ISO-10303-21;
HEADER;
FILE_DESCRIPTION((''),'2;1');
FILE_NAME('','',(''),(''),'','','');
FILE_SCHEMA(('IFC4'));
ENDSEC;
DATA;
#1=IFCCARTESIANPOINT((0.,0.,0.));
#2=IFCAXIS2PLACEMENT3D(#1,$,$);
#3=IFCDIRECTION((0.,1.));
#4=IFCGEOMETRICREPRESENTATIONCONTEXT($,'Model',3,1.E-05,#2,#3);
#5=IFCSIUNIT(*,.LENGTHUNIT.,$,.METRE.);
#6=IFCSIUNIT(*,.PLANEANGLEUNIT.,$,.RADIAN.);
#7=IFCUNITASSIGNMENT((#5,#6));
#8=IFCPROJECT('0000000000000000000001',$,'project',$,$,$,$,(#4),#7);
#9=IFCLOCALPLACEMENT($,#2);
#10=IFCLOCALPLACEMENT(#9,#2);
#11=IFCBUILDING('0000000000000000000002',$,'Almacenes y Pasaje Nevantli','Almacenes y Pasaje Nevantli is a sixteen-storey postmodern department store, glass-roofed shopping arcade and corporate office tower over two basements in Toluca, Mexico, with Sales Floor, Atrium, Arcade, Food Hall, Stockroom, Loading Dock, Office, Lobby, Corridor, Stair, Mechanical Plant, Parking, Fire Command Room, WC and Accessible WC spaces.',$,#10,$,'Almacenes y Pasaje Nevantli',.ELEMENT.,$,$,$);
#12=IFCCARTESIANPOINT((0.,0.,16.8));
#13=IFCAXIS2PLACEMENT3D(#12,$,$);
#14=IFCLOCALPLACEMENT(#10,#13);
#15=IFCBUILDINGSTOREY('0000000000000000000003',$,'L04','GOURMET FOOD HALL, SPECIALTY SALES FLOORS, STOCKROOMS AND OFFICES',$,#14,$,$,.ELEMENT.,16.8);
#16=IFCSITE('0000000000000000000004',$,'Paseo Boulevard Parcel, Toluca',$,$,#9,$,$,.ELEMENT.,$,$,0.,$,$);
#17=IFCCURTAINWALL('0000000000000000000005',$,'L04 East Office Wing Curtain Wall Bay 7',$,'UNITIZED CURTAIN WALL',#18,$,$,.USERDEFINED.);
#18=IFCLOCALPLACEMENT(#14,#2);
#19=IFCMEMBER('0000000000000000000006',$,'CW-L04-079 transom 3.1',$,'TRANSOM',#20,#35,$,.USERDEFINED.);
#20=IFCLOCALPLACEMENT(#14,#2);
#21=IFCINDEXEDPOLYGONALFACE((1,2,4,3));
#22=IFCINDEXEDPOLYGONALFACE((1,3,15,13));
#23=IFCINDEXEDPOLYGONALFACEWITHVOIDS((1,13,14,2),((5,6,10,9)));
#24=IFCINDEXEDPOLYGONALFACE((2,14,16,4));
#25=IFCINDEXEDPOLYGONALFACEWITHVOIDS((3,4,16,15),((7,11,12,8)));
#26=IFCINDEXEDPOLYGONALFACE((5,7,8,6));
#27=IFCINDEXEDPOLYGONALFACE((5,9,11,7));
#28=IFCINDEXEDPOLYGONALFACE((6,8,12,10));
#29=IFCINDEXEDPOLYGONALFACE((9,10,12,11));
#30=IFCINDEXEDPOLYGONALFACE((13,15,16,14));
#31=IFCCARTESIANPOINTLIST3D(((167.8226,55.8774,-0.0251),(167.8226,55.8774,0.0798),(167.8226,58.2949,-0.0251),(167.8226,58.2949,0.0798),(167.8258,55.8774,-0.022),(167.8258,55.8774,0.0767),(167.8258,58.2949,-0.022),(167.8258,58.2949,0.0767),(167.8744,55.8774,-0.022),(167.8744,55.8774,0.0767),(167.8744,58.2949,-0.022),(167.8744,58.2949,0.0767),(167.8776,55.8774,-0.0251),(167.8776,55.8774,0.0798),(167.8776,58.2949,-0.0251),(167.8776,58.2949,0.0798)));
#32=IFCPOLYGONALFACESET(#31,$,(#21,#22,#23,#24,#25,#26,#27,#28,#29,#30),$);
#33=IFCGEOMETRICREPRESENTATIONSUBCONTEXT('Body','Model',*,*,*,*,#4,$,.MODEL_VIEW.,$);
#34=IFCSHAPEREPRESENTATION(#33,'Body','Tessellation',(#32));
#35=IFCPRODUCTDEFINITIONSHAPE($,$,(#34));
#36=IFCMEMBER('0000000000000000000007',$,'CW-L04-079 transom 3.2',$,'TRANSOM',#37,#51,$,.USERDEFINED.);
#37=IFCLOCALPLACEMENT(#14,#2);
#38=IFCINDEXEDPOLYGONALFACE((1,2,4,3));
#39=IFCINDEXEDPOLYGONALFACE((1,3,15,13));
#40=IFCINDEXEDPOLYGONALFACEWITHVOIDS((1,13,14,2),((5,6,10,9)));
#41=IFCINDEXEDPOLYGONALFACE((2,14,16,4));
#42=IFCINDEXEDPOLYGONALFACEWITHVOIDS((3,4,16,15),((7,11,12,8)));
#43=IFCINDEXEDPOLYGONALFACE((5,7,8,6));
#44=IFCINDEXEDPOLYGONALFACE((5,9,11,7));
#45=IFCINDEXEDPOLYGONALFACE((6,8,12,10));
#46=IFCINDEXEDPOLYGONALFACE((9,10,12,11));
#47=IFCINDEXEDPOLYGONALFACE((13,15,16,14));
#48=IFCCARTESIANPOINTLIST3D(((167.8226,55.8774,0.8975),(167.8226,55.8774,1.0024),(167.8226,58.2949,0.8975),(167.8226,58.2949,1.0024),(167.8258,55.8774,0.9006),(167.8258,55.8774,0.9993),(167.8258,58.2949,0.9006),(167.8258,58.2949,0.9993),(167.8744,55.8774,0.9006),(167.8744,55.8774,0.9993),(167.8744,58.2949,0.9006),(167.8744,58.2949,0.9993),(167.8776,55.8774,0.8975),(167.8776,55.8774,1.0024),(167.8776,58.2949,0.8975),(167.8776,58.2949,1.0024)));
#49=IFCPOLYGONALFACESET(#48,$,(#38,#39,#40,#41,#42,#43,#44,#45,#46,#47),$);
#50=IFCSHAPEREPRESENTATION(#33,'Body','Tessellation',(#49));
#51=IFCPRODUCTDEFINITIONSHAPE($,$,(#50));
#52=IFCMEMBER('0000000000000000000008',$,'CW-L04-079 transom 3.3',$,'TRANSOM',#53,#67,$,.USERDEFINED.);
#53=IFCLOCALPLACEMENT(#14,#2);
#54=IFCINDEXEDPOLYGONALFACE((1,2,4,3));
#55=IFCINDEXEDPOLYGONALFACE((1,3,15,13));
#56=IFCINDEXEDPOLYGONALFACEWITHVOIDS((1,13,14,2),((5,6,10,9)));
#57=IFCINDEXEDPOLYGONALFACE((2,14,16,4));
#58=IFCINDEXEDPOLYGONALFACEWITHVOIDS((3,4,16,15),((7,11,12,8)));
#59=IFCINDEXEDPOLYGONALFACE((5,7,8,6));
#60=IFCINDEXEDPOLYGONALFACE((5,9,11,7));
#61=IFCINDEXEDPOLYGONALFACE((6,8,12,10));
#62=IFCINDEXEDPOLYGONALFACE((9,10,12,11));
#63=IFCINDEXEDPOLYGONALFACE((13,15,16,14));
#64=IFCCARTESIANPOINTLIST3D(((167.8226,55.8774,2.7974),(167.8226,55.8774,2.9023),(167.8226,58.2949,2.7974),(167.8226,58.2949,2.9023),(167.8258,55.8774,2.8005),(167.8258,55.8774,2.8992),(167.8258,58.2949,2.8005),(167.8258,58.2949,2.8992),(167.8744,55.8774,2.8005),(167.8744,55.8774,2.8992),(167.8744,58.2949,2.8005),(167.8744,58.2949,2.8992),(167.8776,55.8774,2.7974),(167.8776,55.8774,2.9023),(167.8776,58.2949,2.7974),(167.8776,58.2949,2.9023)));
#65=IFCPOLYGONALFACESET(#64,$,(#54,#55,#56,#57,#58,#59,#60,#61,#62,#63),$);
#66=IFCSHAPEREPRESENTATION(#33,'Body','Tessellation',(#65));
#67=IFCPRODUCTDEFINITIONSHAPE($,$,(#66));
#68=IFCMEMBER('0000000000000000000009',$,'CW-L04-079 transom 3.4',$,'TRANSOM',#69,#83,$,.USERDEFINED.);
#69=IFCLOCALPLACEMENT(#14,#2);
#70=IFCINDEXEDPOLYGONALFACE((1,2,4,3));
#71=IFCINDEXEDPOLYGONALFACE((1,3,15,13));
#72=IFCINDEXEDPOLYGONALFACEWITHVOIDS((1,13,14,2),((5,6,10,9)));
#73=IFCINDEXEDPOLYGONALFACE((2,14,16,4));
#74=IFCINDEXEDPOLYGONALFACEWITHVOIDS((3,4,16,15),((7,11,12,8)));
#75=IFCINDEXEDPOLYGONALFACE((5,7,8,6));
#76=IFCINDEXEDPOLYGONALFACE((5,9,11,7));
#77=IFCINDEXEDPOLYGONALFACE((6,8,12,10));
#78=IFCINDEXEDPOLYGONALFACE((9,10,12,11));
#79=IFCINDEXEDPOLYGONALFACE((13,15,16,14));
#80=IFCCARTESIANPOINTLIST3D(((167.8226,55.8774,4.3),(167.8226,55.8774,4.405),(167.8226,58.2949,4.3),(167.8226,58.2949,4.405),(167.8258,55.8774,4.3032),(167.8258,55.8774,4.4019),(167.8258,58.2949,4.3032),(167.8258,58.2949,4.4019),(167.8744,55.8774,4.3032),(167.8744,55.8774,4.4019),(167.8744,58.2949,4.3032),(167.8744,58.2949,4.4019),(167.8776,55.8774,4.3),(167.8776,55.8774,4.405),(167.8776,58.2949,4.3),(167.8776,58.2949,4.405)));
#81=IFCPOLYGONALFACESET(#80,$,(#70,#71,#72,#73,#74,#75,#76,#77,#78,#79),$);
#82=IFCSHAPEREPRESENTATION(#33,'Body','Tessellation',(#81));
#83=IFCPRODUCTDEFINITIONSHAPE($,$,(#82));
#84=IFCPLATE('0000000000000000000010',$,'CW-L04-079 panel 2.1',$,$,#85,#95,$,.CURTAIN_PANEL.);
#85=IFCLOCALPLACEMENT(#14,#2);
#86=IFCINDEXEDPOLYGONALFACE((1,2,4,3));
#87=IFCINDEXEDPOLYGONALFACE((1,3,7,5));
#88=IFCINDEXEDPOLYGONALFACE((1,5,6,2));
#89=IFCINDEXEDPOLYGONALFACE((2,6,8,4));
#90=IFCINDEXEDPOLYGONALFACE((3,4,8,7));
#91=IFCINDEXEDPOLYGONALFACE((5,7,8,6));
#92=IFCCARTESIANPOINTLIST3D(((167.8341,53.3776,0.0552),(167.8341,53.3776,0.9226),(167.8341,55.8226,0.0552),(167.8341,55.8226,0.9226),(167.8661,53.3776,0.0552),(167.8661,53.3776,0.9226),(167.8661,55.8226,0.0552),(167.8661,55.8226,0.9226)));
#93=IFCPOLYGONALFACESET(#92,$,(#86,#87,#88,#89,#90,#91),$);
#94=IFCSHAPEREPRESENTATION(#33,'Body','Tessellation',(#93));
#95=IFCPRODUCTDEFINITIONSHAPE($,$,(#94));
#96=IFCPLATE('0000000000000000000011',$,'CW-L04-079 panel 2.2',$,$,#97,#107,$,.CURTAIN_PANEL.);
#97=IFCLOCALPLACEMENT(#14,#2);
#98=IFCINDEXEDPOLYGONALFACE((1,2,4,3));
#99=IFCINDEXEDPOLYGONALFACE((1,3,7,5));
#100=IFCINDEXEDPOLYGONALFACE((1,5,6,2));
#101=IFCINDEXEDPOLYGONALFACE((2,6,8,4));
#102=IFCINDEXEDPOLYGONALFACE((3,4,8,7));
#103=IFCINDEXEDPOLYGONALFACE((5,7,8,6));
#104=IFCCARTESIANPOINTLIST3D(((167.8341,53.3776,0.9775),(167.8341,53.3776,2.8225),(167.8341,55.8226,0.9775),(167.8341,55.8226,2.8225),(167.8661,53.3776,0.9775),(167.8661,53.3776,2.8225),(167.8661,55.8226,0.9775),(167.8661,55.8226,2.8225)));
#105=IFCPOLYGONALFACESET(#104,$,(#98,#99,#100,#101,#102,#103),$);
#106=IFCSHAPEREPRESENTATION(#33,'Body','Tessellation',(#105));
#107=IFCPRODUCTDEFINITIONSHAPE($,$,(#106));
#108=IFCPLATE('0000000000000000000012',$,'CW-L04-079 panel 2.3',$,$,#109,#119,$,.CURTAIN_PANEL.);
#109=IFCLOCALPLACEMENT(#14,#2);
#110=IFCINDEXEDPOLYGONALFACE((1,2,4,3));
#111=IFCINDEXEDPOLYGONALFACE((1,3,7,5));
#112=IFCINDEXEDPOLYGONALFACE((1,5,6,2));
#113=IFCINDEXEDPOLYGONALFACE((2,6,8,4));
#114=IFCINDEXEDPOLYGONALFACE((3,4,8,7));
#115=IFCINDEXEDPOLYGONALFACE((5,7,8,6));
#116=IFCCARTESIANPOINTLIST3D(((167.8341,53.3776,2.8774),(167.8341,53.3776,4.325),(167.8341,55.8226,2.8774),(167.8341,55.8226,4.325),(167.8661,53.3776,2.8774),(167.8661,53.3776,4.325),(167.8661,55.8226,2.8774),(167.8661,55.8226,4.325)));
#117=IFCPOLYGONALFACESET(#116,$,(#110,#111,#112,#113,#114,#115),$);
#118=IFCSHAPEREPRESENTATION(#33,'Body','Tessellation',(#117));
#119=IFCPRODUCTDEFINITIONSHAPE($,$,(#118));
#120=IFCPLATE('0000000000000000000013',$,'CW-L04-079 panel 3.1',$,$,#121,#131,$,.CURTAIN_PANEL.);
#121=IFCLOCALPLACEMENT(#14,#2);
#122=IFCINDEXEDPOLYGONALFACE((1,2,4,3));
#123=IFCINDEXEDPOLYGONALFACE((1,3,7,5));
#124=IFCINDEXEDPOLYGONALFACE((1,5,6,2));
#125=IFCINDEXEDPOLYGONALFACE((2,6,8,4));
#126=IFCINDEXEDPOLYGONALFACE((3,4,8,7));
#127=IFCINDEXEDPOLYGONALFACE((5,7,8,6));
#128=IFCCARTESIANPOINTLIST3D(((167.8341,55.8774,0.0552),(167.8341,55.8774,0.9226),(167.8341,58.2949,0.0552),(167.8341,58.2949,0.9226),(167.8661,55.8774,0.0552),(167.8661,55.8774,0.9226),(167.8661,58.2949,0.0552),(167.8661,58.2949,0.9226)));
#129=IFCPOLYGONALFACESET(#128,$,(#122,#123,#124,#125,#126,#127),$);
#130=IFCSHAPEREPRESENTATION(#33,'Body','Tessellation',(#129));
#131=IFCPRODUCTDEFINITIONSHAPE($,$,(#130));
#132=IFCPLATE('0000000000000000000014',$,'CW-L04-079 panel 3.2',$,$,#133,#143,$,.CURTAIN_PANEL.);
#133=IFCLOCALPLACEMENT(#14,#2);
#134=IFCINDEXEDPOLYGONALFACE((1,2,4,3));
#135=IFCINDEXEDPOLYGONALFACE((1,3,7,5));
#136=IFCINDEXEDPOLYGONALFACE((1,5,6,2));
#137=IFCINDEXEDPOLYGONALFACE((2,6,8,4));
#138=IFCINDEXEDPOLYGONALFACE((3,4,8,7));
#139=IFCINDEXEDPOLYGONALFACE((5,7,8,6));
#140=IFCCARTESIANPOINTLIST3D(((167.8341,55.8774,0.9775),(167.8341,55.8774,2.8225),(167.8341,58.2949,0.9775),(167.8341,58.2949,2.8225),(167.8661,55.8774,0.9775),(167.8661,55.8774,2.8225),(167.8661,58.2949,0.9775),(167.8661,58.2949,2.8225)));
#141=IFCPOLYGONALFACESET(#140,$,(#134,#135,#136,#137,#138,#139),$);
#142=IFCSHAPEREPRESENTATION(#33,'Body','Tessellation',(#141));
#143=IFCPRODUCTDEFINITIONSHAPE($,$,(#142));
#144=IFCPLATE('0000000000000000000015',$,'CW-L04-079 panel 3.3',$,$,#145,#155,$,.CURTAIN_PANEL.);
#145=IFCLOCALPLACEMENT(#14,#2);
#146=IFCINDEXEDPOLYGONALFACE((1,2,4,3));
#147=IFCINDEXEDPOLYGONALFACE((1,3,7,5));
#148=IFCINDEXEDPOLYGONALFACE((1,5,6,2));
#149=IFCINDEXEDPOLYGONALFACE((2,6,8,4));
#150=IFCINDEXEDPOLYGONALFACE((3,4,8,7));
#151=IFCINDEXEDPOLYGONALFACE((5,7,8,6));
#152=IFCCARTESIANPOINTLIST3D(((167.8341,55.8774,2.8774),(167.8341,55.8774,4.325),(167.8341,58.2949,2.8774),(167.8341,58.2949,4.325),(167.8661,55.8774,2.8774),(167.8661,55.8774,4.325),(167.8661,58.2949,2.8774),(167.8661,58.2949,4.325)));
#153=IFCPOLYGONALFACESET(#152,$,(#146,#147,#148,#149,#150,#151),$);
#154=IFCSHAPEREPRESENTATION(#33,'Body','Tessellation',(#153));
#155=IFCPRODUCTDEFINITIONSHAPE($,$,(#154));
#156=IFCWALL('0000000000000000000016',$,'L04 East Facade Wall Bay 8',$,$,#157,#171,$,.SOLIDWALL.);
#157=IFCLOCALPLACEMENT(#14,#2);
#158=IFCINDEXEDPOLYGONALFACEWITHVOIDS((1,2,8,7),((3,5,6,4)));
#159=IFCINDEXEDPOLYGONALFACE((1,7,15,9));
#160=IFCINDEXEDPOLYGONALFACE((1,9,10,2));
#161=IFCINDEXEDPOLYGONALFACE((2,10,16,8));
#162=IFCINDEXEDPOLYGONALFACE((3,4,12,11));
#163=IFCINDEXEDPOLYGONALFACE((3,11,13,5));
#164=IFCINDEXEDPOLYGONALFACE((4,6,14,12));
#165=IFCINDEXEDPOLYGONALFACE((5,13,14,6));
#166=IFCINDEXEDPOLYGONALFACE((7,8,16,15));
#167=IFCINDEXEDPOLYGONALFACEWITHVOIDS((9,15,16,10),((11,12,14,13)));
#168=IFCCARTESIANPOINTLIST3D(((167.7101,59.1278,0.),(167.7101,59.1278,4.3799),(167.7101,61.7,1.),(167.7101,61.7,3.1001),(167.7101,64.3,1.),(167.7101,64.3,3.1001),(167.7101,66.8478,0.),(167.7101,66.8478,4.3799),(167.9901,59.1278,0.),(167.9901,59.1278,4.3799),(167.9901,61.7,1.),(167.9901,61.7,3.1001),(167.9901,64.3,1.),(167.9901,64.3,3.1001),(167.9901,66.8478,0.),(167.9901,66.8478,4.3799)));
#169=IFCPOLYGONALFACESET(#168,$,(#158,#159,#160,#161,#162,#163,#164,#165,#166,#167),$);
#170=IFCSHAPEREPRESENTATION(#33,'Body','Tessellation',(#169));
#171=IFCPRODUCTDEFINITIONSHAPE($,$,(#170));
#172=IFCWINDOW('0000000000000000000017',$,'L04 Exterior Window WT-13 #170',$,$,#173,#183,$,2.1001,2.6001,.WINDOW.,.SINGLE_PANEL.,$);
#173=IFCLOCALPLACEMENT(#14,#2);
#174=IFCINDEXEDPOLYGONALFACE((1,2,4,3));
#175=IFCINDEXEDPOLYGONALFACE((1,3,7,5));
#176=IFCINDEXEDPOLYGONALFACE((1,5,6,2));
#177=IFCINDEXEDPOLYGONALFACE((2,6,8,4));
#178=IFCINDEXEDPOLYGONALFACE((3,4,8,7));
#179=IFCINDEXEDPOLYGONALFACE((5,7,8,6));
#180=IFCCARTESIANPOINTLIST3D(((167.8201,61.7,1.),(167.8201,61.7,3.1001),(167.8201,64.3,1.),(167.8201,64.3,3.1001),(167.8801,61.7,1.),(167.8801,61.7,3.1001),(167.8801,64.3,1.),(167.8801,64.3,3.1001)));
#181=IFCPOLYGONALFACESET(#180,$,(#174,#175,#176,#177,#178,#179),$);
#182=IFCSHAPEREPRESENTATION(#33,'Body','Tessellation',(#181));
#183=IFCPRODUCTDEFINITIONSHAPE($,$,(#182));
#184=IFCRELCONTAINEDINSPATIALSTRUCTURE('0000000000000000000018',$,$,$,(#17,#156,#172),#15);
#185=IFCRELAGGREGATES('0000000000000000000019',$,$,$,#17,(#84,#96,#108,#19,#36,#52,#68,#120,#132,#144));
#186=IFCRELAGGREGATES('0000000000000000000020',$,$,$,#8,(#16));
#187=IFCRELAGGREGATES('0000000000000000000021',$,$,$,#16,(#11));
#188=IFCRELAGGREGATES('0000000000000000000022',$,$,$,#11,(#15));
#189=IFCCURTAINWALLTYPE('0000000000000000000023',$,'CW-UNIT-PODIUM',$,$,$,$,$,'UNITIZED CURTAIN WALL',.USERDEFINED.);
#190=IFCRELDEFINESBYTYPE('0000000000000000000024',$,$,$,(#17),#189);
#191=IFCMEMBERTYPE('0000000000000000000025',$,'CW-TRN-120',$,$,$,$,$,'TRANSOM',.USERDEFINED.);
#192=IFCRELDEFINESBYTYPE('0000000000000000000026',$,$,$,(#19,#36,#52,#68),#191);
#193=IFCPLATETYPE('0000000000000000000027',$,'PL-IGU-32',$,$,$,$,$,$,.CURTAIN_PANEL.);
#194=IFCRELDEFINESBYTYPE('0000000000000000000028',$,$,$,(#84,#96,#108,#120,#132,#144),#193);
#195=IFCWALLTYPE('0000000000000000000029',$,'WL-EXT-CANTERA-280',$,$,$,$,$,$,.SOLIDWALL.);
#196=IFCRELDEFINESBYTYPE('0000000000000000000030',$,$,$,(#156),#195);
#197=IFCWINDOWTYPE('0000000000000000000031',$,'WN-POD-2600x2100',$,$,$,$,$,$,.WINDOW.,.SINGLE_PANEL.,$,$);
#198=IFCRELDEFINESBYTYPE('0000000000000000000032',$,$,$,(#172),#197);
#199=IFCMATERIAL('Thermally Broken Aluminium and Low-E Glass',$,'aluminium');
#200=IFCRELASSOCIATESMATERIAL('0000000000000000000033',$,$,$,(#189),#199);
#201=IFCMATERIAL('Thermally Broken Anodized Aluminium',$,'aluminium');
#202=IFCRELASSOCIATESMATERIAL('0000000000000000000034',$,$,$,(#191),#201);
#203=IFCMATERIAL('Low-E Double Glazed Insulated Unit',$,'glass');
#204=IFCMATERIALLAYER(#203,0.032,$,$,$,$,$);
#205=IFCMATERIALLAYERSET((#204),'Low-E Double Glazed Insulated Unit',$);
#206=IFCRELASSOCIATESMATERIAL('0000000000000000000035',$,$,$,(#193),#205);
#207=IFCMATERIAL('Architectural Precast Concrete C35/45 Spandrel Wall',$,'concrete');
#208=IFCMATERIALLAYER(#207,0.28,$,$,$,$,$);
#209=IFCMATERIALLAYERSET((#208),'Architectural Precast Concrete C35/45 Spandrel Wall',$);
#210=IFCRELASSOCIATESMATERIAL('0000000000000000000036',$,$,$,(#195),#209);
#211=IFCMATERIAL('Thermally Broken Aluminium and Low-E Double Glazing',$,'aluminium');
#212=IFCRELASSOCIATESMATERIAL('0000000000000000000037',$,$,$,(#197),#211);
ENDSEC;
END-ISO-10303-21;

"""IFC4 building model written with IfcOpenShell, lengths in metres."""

from ifc_helpers import new_model, si_unit, direction, frame, frame_2d, origin, origin_2d, place, context, subcontext, project, spatial, rectangle, hollow_rectangle, extrude, material, layer, layer_set, material_profile, profile_set, type_object, element, fill, aggregate, save


model = new_model("IFC4")

# Units and contexts
model_context = context("Model", 3, precision=1e-05, world=origin(), true_north=direction((0.0, 1.0)))
body_context = subcontext(model_context, "Body", "Model", "MODEL_VIEW")
ifc_project = project(units=[si_unit("LENGTHUNIT", "METRE"), si_unit("PLANEANGLEUNIT", "RADIAN")], contexts=[model_context])

# Site, building, storey
site_placement = place(None, origin())
site = spatial("IfcSite", under=ifc_project, at=site_placement, Name="Paseo Boulevard Parcel, Toluca", CompositionType="ELEMENT", RefElevation=0.0)
building_placement = place(site_placement, origin())
building = spatial("IfcBuilding", under=site, at=building_placement, Name="Almacenes y Pasaje Nevantli", Description="Almacenes y Pasaje Nevantli is a sixteen-storey postmodern department store, glass-roofed shopping arcade and corporate office tower over two basements in Toluca, Mexico, with Sales Floor, Atrium, Arcade, Food Hall, Stockroom, Loading Dock, Office, Lobby, Corridor, Stair, Mechanical Plant, Parking, Fire Command Room, WC and Accessible WC spaces.", LongName="Almacenes y Pasaje Nevantli", CompositionType="ELEMENT")
storey_placement = place(building_placement, frame((0.0, 0.0, 16.8)))
storey = spatial("IfcBuildingStorey", under=building, at=storey_placement, Name="L04", Description="GOURMET FOOD HALL, SPECIALTY SALES FLOORS, STOCKROOMS AND OFFICES", CompositionType="ELEMENT", Elevation=16.8)

# Curtain wall, members, plates
ifc_material_1 = material(Name="Thermally Broken Aluminium and Low-E Glass", Category="aluminium")
curtain_wall_type = type_object("IfcCurtainWallType", Name="CW-UNIT-PODIUM", ElementType="UNITIZED CURTAIN WALL", PredefinedType="USERDEFINED", material=ifc_material_1)
curtain_wall_placement = place(storey_placement, origin())
curtain_wall = element("IfcCurtainWall", 1, at=curtain_wall_placement, inside=storey, type_object=curtain_wall_type, Name="L04 East Office Wing Curtain Wall Bay 7", ObjectType="UNITIZED CURTAIN WALL", PredefinedType="USERDEFINED")
ifc_material_2 = material(Name="Thermally Broken Anodized Aluminium", Category="aluminium")
ifc_material_profile_1 = material_profile(ifc_material_2, hollow_rectangle(XDim=0.0549, YDim=0.105, WallThickness=0.0032, at=origin_2d()), Name="ALU-TRN-55x105")
ifc_profile_set_1 = profile_set([ifc_material_profile_1], Name="Thermally Broken Anodized Aluminium")
member_type_1 = type_object("IfcMemberType", Name="CW-TRN-120", ElementType="TRANSOM", PredefinedType="USERDEFINED", material=ifc_profile_set_1)
member_1_placement = place(storey_placement, frame((167.8501, 55.8774, 0.0273), z_axis=(0.0, 1.0, 0.0), x_axis=(-1.0, 0.0, 0.0)))
member_1 = element("IfcMember", 2, at=member_1_placement, type_object=member_type_1, Name="CW-L04-079 transom 3.1", ObjectType="TRANSOM", PredefinedType="USERDEFINED", context=body_context, shape_type="SweptSolid", body=[
    extrude(hollow_rectangle(XDim=0.0549, YDim=0.105, WallThickness=0.0032, at=origin_2d()), origin(), (0.0, 0.0, 1.0), 2.4175),
])
member_2_placement = place(storey_placement, frame((167.8501, 55.8774, 0.95), z_axis=(0.0, 1.0, 0.0), x_axis=(-1.0, 0.0, 0.0)))
member_2 = element("IfcMember", 3, at=member_2_placement, type_object=member_type_1, Name="CW-L04-079 transom 3.2", ObjectType="TRANSOM", PredefinedType="USERDEFINED", context=body_context, shape_type="SweptSolid", body=[
    extrude(hollow_rectangle(XDim=0.0549, YDim=0.105, WallThickness=0.0032, at=origin_2d()), origin(), (0.0, 0.0, 1.0), 2.4175),
])
member_3_placement = place(storey_placement, frame((167.8501, 55.8774, 2.8499), z_axis=(0.0, 1.0, 0.0), x_axis=(-1.0, 0.0, 0.0)))
member_3 = element("IfcMember", 4, at=member_3_placement, type_object=member_type_1, Name="CW-L04-079 transom 3.3", ObjectType="TRANSOM", PredefinedType="USERDEFINED", context=body_context, shape_type="SweptSolid", body=[
    extrude(hollow_rectangle(XDim=0.0549, YDim=0.105, WallThickness=0.0032, at=origin_2d()), origin(), (0.0, 0.0, 1.0), 2.4175),
])
member_4_placement = place(storey_placement, frame((167.8501, 55.8774, 4.3525), z_axis=(0.0, 1.0, 0.0), x_axis=(-1.0, 0.0, 0.0)))
member_4 = element("IfcMember", 5, at=member_4_placement, type_object=member_type_1, Name="CW-L04-079 transom 3.4", ObjectType="TRANSOM", PredefinedType="USERDEFINED", context=body_context, shape_type="SweptSolid", body=[
    extrude(hollow_rectangle(XDim=0.0549, YDim=0.105, WallThickness=0.0032, at=origin_2d()), origin(), (0.0, 0.0, 1.0), 2.4175),
])
ifc_material_3 = material(Name="Low-E Double Glazed Insulated Unit", Category="glass")
ifc_layer_1 = layer(ifc_material_3, 0.032)
ifc_layer_set_1 = layer_set([ifc_layer_1], Name="Low-E Double Glazed Insulated Unit")
plate_type = type_object("IfcPlateType", Name="PL-IGU-32", PredefinedType="CURTAIN_PANEL", material=ifc_layer_set_1)
plate_1_placement = place(storey_placement, frame((167.8501, 54.6001, 0.0552), z_axis=(0.0, 0.0, 1.0), x_axis=(0.0, 1.0, 0.0)))
plate_1 = element("IfcPlate", 6, at=plate_1_placement, type_object=plate_type, Name="CW-L04-079 panel 2.1", PredefinedType="CURTAIN_PANEL", context=body_context, shape_type="SweptSolid", body=[
    extrude(rectangle(XDim=2.4451, YDim=0.032, at=origin_2d()), origin(), (0.0, 0.0, 1.0), 0.8674),
])
plate_2_placement = place(storey_placement, frame((167.8501, 54.6001, 0.9775), z_axis=(0.0, 0.0, 1.0), x_axis=(0.0, 1.0, 0.0)))
plate_2 = element("IfcPlate", 7, at=plate_2_placement, type_object=plate_type, Name="CW-L04-079 panel 2.2", PredefinedType="CURTAIN_PANEL", context=body_context, shape_type="SweptSolid", body=[
    extrude(rectangle(XDim=2.4451, YDim=0.032, at=origin_2d()), origin(), (0.0, 0.0, 1.0), 1.845),
])
plate_3_placement = place(storey_placement, frame((167.8501, 54.6001, 2.8774), z_axis=(0.0, 0.0, 1.0), x_axis=(0.0, 1.0, 0.0)))
plate_3 = element("IfcPlate", 8, at=plate_3_placement, type_object=plate_type, Name="CW-L04-079 panel 2.3", PredefinedType="CURTAIN_PANEL", context=body_context, shape_type="SweptSolid", body=[
    extrude(rectangle(XDim=2.4451, YDim=0.032, at=origin_2d()), origin(), (0.0, 0.0, 1.0), 1.4475),
])
plate_4_placement = place(storey_placement, frame((167.8501, 57.0862, 0.0552), z_axis=(0.0, 0.0, 1.0), x_axis=(0.0, 1.0, 0.0)))
plate_4 = element("IfcPlate", 9, at=plate_4_placement, type_object=plate_type, Name="CW-L04-079 panel 3.1", PredefinedType="CURTAIN_PANEL", context=body_context, shape_type="SweptSolid", body=[
    extrude(rectangle(XDim=2.4175, YDim=0.032, at=origin_2d()), origin(), (0.0, 0.0, 1.0), 0.8674),
])
plate_5_placement = place(storey_placement, frame((167.8501, 57.0862, 0.9775), z_axis=(0.0, 0.0, 1.0), x_axis=(0.0, 1.0, 0.0)))
plate_5 = element("IfcPlate", 10, at=plate_5_placement, type_object=plate_type, Name="CW-L04-079 panel 3.2", PredefinedType="CURTAIN_PANEL", context=body_context, shape_type="SweptSolid", body=[
    extrude(rectangle(XDim=2.4175, YDim=0.032, at=origin_2d()), origin(), (0.0, 0.0, 1.0), 1.845),
])
plate_6_placement = place(storey_placement, frame((167.8501, 57.0862, 2.8774), z_axis=(0.0, 0.0, 1.0), x_axis=(0.0, 1.0, 0.0)))
plate_6 = element("IfcPlate", 11, at=plate_6_placement, type_object=plate_type, Name="CW-L04-079 panel 3.3", PredefinedType="CURTAIN_PANEL", context=body_context, shape_type="SweptSolid", body=[
    extrude(rectangle(XDim=2.4175, YDim=0.032, at=origin_2d()), origin(), (0.0, 0.0, 1.0), 1.4475),
])
aggregate(curtain_wall, [plate_1, plate_2, plate_3, member_1, member_2, member_3, member_4, plate_4, plate_5, plate_6])

# Wall, opening, window
ifc_material_4 = material(Name="Architectural Precast Concrete C35/45 Spandrel Wall", Category="concrete")
ifc_layer_2 = layer(ifc_material_4, 0.28)
ifc_layer_set_2 = layer_set([ifc_layer_2], Name="Architectural Precast Concrete C35/45 Spandrel Wall")
wall_type = type_object("IfcWallType", Name="WL-EXT-CANTERA-280", PredefinedType="SOLIDWALL", material=ifc_layer_set_2)
wall_placement = place(storey_placement, frame((167.8501, 59.1279, 0.0), z_axis=(0.0, 0.0, 1.0), x_axis=(0.0, 1.0, 0.0)))
wall = element("IfcWall", 12, at=wall_placement, inside=storey, type_object=wall_type, Name="L04 East Facade Wall Bay 8", PredefinedType="SOLIDWALL", context=body_context, shape_type="SweptSolid", body=[
    extrude(rectangle(XDim=7.72, YDim=0.28, at=frame_2d((3.8599, 0.0))), origin(), (0.0, 0.0, 1.0), 4.3799),
])
opening_placement = place(wall_placement, frame((2.572, 0.0, 1.0)))
opening = element("IfcOpeningElement", 13, at=opening_placement, cuts=wall, PredefinedType="OPENING", context=body_context, shape_type="SweptSolid", body=[
    extrude(rectangle(XDim=2.6001, YDim=2.1001, at=frame_2d((1.3, 1.05))), frame((0.0, 0.1499, 0.0), z_axis=(0.0, -1.0, 0.0), x_axis=(1.0, 0.0, 0.0)), (0.0, 0.0, 1.0), 0.3),
])
ifc_material_5 = material(Name="Thermally Broken Aluminium and Low-E Double Glazing", Category="aluminium")
window_type = type_object("IfcWindowType", Name="WN-POD-2600x2100", PartitioningType="SINGLE_PANEL", PredefinedType="WINDOW", material=ifc_material_5)
window_placement = place(opening_placement, origin())
window = element("IfcWindow", 14, at=window_placement, inside=storey, type_object=window_type, Name="L04 Exterior Window WT-13 #170", OverallHeight=2.1001, OverallWidth=2.6001, PartitioningType="SINGLE_PANEL", PredefinedType="WINDOW", context=body_context, shape_type="SweptSolid", body=[
    extrude(rectangle(XDim=2.6001, YDim=2.1001, at=frame_2d((1.3, 1.05))), frame((0.0, 0.03, 0.0), z_axis=(0.0, -1.0, 0.0), x_axis=(1.0, 0.0, 0.0)), (0.0, 0.0, 1.0), 0.0601),
])
fill(opening, window)

save(model, "model.ifc")
